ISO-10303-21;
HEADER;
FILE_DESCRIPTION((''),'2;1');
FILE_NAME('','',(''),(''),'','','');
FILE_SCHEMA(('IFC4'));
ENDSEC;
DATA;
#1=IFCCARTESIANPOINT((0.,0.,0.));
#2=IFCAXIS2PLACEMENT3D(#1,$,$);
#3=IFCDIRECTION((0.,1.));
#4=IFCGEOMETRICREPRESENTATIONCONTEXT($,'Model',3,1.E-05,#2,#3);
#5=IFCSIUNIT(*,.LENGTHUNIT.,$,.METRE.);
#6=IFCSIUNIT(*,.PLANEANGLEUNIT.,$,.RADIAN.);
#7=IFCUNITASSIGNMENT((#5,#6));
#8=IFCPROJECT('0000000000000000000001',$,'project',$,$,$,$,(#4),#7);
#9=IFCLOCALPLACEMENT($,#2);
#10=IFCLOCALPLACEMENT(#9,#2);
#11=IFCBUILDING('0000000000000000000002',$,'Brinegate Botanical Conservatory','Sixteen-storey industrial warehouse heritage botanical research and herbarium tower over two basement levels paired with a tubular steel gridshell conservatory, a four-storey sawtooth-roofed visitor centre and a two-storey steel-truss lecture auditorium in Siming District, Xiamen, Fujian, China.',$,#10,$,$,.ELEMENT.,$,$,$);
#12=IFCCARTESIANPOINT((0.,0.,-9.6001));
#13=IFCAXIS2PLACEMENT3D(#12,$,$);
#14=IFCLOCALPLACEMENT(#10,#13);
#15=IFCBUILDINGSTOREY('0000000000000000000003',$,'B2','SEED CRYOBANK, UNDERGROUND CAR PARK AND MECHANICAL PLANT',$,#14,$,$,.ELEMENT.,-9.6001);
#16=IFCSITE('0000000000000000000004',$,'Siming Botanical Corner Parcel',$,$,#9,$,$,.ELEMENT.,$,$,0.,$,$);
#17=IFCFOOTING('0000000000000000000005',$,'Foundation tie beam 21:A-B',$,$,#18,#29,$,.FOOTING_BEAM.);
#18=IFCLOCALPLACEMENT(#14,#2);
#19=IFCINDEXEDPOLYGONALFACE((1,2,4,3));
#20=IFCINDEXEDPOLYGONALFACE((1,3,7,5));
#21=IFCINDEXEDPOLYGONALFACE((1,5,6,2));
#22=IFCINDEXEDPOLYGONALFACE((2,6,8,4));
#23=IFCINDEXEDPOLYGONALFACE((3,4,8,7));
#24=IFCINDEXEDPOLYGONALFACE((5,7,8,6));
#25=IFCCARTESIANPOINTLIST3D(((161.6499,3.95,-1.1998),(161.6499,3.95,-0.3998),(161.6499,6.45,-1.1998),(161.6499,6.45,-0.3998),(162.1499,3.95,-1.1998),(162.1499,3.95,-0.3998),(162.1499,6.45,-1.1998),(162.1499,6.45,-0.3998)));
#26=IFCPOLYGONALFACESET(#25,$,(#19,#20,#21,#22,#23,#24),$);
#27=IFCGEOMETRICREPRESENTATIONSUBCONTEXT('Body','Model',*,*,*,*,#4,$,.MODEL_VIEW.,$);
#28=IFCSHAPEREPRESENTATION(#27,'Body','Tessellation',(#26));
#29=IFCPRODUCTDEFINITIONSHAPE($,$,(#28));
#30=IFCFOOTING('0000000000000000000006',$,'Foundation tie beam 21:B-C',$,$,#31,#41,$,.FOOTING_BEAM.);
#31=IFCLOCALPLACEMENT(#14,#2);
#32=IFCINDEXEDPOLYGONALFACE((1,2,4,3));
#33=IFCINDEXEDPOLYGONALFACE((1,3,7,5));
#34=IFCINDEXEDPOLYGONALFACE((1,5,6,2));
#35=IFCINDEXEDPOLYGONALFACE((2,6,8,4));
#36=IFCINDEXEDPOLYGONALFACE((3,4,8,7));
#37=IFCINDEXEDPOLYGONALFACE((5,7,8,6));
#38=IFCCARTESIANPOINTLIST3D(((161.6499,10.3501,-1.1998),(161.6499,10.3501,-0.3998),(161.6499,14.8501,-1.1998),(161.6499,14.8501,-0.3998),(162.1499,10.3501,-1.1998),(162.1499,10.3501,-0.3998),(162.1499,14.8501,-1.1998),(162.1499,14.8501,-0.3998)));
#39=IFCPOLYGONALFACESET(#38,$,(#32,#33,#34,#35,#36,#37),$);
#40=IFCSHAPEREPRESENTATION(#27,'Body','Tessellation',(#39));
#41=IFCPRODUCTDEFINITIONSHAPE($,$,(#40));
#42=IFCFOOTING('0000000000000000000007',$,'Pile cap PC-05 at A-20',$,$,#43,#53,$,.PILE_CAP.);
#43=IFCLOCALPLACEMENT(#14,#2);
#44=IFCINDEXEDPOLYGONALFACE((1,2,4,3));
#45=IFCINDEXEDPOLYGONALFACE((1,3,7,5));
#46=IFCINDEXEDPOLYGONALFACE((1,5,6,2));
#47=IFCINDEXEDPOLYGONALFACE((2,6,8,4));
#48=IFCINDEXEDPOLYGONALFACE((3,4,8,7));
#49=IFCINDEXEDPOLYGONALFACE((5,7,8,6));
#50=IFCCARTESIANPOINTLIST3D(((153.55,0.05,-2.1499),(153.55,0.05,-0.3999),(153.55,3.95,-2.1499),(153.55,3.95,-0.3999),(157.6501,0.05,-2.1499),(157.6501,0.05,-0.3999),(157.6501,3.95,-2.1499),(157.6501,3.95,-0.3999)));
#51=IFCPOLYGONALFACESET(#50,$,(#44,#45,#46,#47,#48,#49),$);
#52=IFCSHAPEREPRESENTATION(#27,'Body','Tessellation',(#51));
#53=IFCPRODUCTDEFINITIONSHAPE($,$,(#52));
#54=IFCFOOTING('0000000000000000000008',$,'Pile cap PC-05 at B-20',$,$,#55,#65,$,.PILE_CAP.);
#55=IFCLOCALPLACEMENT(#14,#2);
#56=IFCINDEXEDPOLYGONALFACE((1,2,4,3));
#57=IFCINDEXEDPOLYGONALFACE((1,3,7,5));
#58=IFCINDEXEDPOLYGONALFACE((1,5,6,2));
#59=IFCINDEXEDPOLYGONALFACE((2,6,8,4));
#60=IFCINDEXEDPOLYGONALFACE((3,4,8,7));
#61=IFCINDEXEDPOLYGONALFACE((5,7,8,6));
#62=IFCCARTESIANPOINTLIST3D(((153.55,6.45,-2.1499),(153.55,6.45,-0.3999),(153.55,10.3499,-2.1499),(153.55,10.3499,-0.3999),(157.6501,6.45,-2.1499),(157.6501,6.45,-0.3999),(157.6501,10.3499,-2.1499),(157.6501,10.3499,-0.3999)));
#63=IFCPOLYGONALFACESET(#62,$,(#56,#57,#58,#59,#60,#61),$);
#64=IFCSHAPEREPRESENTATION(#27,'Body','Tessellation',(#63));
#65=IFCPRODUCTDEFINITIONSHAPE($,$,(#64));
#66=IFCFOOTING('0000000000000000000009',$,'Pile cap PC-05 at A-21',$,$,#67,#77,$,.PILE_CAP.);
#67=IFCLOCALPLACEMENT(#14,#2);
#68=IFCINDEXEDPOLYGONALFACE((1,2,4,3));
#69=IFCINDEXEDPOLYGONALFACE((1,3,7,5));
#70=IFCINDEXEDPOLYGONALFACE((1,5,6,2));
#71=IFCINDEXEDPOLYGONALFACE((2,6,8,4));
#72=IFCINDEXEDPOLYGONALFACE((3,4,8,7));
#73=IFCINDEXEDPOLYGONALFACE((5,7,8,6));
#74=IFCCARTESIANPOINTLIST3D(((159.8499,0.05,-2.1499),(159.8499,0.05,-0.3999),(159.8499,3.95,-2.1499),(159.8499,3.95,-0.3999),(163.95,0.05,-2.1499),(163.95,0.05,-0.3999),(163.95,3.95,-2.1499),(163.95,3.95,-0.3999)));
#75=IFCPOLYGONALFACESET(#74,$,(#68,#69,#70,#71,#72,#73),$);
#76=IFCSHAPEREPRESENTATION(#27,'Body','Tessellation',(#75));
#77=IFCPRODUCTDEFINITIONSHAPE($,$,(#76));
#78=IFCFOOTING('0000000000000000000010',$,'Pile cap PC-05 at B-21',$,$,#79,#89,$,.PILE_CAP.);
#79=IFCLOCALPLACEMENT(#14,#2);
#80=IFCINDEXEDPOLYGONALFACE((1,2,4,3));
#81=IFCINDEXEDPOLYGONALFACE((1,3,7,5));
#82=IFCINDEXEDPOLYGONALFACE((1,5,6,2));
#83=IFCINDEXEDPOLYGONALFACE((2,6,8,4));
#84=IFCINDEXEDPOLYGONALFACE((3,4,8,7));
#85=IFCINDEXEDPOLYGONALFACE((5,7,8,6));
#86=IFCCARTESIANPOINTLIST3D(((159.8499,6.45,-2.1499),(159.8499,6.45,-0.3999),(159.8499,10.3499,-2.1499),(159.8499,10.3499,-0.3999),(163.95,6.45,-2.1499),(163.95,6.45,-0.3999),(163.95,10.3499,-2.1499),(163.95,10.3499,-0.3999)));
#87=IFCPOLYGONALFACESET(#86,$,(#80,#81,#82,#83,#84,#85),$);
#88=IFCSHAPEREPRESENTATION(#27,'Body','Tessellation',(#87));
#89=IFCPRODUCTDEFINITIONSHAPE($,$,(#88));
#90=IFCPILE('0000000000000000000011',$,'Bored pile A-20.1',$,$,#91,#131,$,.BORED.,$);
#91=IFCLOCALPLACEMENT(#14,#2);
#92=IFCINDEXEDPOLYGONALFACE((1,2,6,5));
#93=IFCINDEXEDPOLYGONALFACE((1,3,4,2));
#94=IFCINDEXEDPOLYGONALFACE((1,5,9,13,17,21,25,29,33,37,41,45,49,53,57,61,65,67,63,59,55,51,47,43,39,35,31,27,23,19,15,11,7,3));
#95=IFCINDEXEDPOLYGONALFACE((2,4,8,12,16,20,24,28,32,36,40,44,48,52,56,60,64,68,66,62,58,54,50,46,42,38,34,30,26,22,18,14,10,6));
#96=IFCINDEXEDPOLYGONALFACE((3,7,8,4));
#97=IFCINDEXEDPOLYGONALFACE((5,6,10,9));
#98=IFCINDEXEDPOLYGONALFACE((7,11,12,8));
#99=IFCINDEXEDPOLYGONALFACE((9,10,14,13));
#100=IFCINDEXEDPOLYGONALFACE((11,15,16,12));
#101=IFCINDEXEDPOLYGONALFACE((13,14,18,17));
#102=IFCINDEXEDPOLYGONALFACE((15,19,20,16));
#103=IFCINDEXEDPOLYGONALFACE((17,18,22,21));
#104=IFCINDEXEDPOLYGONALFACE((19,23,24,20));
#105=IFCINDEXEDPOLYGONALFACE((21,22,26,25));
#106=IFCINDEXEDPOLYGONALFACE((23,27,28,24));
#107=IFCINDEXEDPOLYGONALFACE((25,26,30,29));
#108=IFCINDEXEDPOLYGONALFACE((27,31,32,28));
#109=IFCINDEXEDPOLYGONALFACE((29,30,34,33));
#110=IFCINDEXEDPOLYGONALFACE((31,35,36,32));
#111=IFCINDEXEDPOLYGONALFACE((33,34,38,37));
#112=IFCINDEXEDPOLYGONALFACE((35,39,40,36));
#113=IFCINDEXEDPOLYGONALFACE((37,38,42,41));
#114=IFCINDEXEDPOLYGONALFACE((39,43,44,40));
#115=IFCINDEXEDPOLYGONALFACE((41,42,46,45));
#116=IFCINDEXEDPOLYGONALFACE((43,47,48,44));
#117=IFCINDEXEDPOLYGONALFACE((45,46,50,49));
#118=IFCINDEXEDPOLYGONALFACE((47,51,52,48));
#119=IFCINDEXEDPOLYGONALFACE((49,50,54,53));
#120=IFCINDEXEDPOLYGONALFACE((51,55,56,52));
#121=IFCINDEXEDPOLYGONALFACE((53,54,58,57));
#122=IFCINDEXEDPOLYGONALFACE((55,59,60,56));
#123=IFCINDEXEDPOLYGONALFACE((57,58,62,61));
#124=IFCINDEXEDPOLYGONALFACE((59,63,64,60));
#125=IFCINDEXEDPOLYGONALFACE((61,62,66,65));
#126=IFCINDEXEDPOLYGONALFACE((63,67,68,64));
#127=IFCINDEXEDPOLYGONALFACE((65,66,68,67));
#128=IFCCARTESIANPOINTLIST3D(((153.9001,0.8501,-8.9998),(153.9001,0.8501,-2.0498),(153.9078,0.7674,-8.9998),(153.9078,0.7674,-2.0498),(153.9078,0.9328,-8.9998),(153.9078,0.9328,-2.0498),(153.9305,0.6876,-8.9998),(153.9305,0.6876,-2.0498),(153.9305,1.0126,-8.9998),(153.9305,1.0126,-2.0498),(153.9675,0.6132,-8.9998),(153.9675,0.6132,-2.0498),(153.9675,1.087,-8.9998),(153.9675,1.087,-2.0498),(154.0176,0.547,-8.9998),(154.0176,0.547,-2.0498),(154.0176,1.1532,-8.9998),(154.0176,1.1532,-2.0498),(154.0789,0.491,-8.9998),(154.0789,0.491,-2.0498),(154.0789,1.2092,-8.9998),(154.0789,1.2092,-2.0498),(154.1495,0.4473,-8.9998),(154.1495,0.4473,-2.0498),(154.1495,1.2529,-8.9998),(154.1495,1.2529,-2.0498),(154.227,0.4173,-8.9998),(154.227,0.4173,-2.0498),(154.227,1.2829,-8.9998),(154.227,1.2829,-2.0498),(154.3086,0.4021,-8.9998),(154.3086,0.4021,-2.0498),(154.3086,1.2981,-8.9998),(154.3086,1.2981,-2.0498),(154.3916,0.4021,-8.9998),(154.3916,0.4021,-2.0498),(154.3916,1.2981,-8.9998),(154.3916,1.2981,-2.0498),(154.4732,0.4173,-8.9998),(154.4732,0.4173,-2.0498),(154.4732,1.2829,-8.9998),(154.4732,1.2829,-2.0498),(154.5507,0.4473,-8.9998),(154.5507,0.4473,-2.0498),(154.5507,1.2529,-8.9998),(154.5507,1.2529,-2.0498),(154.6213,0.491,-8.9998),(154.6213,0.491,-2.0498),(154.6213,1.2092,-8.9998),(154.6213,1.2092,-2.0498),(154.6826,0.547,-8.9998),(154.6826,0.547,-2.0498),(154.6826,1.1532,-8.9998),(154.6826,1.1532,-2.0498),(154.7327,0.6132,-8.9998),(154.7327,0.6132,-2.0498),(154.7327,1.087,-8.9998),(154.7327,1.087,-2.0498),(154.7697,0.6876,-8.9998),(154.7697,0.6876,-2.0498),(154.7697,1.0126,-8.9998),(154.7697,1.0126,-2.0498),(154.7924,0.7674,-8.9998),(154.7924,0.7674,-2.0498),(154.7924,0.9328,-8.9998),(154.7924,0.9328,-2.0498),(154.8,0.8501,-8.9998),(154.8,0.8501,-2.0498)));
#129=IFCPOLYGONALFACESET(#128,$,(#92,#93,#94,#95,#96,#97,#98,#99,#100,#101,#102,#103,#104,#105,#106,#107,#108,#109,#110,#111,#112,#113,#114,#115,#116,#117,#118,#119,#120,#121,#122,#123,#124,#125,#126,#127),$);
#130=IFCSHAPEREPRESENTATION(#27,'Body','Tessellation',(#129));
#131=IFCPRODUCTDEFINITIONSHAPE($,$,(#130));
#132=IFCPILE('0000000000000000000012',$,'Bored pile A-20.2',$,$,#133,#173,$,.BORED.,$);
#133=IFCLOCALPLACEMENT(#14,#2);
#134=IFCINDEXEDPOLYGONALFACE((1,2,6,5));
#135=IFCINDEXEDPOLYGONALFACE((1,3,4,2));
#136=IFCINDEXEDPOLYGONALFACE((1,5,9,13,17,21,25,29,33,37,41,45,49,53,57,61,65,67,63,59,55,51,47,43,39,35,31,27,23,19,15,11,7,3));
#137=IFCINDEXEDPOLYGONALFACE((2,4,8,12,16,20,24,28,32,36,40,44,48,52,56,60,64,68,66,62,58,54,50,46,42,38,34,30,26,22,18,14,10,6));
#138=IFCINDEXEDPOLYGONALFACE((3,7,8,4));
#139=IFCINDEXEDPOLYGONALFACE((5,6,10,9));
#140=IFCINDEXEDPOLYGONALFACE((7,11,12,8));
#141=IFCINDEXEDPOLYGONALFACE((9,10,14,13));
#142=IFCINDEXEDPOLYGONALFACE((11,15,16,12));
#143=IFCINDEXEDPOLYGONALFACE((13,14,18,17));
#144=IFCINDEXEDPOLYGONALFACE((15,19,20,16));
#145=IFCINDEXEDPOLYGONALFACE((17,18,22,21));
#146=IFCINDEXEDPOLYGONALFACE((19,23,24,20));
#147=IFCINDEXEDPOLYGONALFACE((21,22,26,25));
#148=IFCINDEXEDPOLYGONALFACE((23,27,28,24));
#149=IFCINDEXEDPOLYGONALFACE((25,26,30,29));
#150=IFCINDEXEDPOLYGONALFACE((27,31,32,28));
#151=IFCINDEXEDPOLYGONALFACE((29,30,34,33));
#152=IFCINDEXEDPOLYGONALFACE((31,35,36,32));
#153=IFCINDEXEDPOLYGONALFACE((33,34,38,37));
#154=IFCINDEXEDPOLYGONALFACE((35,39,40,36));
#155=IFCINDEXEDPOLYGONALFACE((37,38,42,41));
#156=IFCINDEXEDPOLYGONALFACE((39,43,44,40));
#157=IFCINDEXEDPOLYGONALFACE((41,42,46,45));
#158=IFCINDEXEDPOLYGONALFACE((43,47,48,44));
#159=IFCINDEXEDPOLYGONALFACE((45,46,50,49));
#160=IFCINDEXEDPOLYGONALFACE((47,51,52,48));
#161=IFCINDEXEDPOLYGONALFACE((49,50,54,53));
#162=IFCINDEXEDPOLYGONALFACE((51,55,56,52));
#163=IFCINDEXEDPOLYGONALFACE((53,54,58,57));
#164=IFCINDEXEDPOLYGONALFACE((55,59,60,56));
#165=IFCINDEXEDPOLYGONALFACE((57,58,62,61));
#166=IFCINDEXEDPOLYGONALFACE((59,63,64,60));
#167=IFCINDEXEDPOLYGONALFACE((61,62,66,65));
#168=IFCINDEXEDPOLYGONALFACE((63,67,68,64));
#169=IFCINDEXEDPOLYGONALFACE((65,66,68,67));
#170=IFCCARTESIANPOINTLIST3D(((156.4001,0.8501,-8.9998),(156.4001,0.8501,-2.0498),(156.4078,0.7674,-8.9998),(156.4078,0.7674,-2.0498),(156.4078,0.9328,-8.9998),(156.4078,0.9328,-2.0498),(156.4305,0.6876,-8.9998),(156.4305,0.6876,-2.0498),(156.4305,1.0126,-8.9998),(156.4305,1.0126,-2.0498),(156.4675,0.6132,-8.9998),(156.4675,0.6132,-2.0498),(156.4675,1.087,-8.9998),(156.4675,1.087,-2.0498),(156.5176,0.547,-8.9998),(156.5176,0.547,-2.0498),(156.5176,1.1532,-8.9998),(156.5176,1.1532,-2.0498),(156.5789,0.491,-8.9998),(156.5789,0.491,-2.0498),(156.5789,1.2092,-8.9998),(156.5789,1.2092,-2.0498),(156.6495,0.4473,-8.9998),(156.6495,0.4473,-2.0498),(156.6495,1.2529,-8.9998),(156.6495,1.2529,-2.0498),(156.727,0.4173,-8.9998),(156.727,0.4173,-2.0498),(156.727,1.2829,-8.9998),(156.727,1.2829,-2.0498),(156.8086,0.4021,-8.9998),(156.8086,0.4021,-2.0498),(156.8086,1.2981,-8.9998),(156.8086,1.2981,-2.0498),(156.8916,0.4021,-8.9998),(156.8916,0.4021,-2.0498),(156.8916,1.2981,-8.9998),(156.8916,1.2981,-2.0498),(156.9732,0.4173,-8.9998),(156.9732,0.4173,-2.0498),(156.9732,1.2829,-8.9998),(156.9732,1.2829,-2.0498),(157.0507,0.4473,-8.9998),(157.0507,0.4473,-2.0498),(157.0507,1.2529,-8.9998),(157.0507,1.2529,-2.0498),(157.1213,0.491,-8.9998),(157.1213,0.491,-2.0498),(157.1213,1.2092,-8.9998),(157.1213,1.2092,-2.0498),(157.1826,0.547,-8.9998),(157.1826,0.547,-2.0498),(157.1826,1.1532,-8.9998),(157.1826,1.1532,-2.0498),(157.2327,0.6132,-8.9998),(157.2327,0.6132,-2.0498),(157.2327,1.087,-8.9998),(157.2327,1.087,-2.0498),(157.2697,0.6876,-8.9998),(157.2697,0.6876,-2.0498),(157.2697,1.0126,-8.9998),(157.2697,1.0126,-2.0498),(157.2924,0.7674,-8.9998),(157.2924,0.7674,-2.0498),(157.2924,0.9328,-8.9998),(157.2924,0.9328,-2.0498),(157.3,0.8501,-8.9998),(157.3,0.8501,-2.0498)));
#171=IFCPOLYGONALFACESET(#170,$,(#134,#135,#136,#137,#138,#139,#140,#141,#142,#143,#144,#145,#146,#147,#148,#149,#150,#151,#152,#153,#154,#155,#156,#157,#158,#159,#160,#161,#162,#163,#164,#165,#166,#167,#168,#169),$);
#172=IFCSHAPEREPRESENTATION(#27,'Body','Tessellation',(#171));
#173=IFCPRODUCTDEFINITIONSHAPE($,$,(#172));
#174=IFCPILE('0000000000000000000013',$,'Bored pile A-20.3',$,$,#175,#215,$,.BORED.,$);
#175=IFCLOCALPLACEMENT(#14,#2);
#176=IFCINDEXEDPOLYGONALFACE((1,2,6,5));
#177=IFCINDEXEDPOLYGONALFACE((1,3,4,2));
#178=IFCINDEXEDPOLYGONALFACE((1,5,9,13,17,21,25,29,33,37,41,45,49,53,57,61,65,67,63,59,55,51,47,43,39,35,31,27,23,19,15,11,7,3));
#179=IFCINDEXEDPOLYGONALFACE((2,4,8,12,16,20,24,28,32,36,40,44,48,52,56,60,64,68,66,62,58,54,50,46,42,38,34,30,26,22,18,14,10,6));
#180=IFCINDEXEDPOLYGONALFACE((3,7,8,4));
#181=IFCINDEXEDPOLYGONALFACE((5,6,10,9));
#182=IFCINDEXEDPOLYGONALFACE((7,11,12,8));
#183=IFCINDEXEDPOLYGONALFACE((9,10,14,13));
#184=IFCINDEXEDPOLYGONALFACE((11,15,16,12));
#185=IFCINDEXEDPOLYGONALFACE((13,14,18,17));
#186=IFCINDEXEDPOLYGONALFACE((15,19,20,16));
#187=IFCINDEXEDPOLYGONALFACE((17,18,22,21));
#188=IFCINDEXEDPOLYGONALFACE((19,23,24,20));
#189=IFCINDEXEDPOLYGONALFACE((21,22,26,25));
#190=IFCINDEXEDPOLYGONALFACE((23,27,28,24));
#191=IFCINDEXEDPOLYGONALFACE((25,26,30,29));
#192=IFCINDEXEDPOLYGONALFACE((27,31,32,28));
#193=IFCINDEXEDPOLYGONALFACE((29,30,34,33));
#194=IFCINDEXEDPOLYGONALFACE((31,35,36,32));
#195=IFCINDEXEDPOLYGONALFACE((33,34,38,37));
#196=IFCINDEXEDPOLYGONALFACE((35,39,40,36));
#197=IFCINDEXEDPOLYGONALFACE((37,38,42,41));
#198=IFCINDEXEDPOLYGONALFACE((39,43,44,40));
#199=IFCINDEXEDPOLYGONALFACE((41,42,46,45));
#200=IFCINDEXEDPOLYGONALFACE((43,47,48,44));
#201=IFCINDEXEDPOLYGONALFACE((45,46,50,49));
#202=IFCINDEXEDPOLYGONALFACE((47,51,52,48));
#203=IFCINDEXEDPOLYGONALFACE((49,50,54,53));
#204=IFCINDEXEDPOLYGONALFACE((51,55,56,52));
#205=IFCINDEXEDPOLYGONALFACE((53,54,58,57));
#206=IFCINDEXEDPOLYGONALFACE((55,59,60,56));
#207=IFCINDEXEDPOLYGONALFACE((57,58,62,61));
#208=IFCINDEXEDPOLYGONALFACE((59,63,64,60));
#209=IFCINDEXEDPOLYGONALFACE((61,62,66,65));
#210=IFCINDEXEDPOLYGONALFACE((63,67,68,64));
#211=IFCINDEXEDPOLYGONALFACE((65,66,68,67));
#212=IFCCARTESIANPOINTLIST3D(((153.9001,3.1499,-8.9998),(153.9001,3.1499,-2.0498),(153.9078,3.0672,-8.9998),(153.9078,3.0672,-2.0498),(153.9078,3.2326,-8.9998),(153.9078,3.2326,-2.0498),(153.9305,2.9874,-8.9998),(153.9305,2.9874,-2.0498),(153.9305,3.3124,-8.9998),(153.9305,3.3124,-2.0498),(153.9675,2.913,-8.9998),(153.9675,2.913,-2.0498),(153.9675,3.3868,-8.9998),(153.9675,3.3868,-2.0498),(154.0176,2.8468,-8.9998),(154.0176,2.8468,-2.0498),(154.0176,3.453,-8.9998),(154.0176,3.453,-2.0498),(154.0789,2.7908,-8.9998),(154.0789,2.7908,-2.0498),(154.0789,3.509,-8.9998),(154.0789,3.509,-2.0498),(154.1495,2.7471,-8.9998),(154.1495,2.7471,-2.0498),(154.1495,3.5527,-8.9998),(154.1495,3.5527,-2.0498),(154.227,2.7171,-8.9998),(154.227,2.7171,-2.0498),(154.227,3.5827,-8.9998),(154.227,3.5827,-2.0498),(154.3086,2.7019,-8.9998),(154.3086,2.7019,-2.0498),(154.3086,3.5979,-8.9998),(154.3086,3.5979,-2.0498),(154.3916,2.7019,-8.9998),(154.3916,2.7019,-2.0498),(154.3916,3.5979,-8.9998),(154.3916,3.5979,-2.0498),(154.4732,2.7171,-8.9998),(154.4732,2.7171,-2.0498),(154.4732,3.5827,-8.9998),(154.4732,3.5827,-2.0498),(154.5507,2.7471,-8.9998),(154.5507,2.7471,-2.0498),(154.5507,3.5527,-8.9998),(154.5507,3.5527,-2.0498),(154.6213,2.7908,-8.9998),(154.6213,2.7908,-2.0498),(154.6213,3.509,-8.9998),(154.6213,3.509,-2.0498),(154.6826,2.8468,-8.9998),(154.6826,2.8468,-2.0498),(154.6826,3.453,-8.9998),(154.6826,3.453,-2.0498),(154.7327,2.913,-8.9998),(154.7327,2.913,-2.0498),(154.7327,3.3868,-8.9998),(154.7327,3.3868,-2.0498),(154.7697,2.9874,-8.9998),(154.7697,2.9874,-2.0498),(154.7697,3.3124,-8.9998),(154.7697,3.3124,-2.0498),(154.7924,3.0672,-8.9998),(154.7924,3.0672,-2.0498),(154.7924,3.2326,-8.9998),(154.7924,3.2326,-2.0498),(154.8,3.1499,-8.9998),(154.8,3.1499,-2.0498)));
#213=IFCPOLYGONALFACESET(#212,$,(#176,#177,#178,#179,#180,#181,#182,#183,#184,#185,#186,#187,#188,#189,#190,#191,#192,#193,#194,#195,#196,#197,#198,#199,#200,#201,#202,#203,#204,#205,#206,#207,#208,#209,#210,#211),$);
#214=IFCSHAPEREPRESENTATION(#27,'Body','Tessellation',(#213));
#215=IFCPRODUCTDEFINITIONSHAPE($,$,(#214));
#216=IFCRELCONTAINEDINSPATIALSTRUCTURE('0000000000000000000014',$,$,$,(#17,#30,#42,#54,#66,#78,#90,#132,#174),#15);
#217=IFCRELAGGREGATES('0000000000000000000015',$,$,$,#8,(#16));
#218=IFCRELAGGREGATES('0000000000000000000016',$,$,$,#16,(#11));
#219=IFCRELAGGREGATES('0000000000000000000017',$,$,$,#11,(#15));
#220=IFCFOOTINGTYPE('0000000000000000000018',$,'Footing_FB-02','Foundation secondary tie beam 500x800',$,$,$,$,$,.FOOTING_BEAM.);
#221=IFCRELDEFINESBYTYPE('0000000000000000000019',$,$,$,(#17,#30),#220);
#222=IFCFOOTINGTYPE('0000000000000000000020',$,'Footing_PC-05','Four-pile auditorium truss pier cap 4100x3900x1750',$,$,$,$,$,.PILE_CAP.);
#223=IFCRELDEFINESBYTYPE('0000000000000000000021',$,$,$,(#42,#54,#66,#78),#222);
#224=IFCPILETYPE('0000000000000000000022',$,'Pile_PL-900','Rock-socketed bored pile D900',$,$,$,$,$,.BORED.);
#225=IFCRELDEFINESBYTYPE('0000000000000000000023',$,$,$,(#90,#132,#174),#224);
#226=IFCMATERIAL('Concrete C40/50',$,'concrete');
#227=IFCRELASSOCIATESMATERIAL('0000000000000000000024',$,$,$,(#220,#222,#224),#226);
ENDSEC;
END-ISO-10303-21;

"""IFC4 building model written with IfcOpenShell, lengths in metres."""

from ifc_helpers import new_model, si_unit, direction, frame, origin, origin_2d, place, context, subcontext, project, spatial, rectangle, circle, extrude, material, material_profile, profile_set, type_object, element, save


model = new_model("IFC4")

# Units and contexts
model_context = context("Model", 3, precision=1e-05, world=origin(), true_north=direction((0.0, 1.0)))
body_context = subcontext(model_context, "Body", "Model", "MODEL_VIEW")
ifc_project = project(units=[si_unit("LENGTHUNIT", "METRE"), si_unit("PLANEANGLEUNIT", "RADIAN")], contexts=[model_context])

# Site, building, storey
site_placement = place(None, origin())
site = spatial("IfcSite", under=ifc_project, at=site_placement, Name="Siming Botanical Corner Parcel", CompositionType="ELEMENT", RefElevation=0.0)
building_placement = place(site_placement, origin())
building = spatial("IfcBuilding", under=site, at=building_placement, Name="Brinegate Botanical Conservatory", Description="Sixteen-storey industrial warehouse heritage botanical research and herbarium tower over two basement levels paired with a tubular steel gridshell conservatory, a four-storey sawtooth-roofed visitor centre and a two-storey steel-truss lecture auditorium in Siming District, Xiamen, Fujian, China.", CompositionType="ELEMENT")
storey_placement = place(building_placement, frame((0.0, 0.0, -9.6001)))
storey = spatial("IfcBuildingStorey", under=building, at=storey_placement, Name="B2", Description="SEED CRYOBANK, UNDERGROUND CAR PARK AND MECHANICAL PLANT", CompositionType="ELEMENT", Elevation=-9.6001)

# Footings
ifc_material_1 = material(Name="Concrete C40/50", Category="concrete")
ifc_material_profile_1 = material_profile(ifc_material_1, rectangle(XDim=0.5, YDim=0.8, at=origin_2d()), Name="RC GB 500x800")
ifc_profile_set_1 = profile_set([ifc_material_profile_1], Name="Concrete C40/50")
footing_type_1 = type_object("IfcFootingType", Name="Footing_FB-02", Description="Foundation secondary tie beam 500x800", PredefinedType="FOOTING_BEAM", material=ifc_profile_set_1)
footing_1_placement = place(storey_placement, frame((161.8999, 3.95, -0.7998), z_axis=(0.0, 1.0, 0.0), x_axis=(-1.0, 0.0, 0.0)))
element("IfcFooting", 1, at=footing_1_placement, inside=storey, type_object=footing_type_1, Name="Foundation tie beam 21:A-B", PredefinedType="FOOTING_BEAM", context=body_context, shape_type="SweptSolid", body=[
    extrude(rectangle(XDim=0.5, YDim=0.8, at=origin_2d()), origin(), (0.0, 0.0, 1.0), 2.5),
])
footing_2_placement = place(storey_placement, frame((161.8999, 10.3501, -0.7998), z_axis=(0.0, 1.0, 0.0), x_axis=(-1.0, 0.0, 0.0)))
element("IfcFooting", 2, at=footing_2_placement, inside=storey, type_object=footing_type_1, Name="Foundation tie beam 21:B-C", PredefinedType="FOOTING_BEAM", context=body_context, shape_type="SweptSolid", body=[
    extrude(rectangle(XDim=0.5, YDim=0.8, at=origin_2d()), origin(), (0.0, 0.0, 1.0), 4.5),
])
footing_type_2 = type_object("IfcFootingType", Name="Footing_PC-05", Description="Four-pile auditorium truss pier cap 4100x3900x1750", PredefinedType="PILE_CAP", material=ifc_material_1)
for number, where, z_axis, x_axis, name in (
    (3, (155.6001, 2.0, -2.1499), (0.0, 0.0, 1.0), (1.0, 0.0, 0.0), "Pile cap PC-05 at A-20"),
    (4, (155.6001, 8.3999, -2.1499), (0.0, 0.0, 1.0), (1.0, 0.0, 0.0), "Pile cap PC-05 at B-20"),
    (5, (161.8999, 2.0, -2.1499), (0.0, 0.0, 1.0), (1.0, 0.0, 0.0), "Pile cap PC-05 at A-21"),
    (6, (161.8999, 8.3999, -2.1499), (0.0, 0.0, 1.0), (1.0, 0.0, 0.0), "Pile cap PC-05 at B-21"),
):
    element("IfcFooting", number, at=place(storey_placement, frame(where, z_axis=z_axis, x_axis=x_axis)), inside=storey, type_object=footing_type_2, Name=name, PredefinedType="PILE_CAP", context=body_context, shape_type="SweptSolid", body=[
        extrude(rectangle(XDim=4.1001, YDim=3.8999, at=origin_2d()), origin(), (0.0, 0.0, 1.0), 1.75),
    ])

# Piles
ifc_material_profile_2 = material_profile(ifc_material_1, circle(Radius=0.45, at=origin_2d()), Name="PILE D900")
ifc_profile_set_2 = profile_set([ifc_material_profile_2], Name="Concrete C40/50")
pile_type = type_object("IfcPileType", Name="Pile_PL-900", Description="Rock-socketed bored pile D900", PredefinedType="BORED", material=ifc_profile_set_2)
for number, where, z_axis, x_axis, name in (
    (7, (154.3501, 0.8501, -2.0498), (0.0, 0.0, -1.0), (1.0, 0.0, 0.0), "Bored pile A-20.1"),
    (8, (156.8501, 0.8501, -2.0498), (0.0, 0.0, -1.0), (1.0, 0.0, 0.0), "Bored pile A-20.2"),
    (9, (154.3501, 3.1499, -2.0498), (0.0, 0.0, -1.0), (1.0, 0.0, 0.0), "Bored pile A-20.3"),
):
    element("IfcPile", number, at=place(storey_placement, frame(where, z_axis=z_axis, x_axis=x_axis)), inside=storey, type_object=pile_type, Name=name, PredefinedType="BORED", context=body_context, shape_type="SweptSolid", body=[
        extrude(circle(Radius=0.45, at=origin_2d()), origin(), (0.0, 0.0, 1.0), 6.95),
    ])

save(model, "model.ifc")
